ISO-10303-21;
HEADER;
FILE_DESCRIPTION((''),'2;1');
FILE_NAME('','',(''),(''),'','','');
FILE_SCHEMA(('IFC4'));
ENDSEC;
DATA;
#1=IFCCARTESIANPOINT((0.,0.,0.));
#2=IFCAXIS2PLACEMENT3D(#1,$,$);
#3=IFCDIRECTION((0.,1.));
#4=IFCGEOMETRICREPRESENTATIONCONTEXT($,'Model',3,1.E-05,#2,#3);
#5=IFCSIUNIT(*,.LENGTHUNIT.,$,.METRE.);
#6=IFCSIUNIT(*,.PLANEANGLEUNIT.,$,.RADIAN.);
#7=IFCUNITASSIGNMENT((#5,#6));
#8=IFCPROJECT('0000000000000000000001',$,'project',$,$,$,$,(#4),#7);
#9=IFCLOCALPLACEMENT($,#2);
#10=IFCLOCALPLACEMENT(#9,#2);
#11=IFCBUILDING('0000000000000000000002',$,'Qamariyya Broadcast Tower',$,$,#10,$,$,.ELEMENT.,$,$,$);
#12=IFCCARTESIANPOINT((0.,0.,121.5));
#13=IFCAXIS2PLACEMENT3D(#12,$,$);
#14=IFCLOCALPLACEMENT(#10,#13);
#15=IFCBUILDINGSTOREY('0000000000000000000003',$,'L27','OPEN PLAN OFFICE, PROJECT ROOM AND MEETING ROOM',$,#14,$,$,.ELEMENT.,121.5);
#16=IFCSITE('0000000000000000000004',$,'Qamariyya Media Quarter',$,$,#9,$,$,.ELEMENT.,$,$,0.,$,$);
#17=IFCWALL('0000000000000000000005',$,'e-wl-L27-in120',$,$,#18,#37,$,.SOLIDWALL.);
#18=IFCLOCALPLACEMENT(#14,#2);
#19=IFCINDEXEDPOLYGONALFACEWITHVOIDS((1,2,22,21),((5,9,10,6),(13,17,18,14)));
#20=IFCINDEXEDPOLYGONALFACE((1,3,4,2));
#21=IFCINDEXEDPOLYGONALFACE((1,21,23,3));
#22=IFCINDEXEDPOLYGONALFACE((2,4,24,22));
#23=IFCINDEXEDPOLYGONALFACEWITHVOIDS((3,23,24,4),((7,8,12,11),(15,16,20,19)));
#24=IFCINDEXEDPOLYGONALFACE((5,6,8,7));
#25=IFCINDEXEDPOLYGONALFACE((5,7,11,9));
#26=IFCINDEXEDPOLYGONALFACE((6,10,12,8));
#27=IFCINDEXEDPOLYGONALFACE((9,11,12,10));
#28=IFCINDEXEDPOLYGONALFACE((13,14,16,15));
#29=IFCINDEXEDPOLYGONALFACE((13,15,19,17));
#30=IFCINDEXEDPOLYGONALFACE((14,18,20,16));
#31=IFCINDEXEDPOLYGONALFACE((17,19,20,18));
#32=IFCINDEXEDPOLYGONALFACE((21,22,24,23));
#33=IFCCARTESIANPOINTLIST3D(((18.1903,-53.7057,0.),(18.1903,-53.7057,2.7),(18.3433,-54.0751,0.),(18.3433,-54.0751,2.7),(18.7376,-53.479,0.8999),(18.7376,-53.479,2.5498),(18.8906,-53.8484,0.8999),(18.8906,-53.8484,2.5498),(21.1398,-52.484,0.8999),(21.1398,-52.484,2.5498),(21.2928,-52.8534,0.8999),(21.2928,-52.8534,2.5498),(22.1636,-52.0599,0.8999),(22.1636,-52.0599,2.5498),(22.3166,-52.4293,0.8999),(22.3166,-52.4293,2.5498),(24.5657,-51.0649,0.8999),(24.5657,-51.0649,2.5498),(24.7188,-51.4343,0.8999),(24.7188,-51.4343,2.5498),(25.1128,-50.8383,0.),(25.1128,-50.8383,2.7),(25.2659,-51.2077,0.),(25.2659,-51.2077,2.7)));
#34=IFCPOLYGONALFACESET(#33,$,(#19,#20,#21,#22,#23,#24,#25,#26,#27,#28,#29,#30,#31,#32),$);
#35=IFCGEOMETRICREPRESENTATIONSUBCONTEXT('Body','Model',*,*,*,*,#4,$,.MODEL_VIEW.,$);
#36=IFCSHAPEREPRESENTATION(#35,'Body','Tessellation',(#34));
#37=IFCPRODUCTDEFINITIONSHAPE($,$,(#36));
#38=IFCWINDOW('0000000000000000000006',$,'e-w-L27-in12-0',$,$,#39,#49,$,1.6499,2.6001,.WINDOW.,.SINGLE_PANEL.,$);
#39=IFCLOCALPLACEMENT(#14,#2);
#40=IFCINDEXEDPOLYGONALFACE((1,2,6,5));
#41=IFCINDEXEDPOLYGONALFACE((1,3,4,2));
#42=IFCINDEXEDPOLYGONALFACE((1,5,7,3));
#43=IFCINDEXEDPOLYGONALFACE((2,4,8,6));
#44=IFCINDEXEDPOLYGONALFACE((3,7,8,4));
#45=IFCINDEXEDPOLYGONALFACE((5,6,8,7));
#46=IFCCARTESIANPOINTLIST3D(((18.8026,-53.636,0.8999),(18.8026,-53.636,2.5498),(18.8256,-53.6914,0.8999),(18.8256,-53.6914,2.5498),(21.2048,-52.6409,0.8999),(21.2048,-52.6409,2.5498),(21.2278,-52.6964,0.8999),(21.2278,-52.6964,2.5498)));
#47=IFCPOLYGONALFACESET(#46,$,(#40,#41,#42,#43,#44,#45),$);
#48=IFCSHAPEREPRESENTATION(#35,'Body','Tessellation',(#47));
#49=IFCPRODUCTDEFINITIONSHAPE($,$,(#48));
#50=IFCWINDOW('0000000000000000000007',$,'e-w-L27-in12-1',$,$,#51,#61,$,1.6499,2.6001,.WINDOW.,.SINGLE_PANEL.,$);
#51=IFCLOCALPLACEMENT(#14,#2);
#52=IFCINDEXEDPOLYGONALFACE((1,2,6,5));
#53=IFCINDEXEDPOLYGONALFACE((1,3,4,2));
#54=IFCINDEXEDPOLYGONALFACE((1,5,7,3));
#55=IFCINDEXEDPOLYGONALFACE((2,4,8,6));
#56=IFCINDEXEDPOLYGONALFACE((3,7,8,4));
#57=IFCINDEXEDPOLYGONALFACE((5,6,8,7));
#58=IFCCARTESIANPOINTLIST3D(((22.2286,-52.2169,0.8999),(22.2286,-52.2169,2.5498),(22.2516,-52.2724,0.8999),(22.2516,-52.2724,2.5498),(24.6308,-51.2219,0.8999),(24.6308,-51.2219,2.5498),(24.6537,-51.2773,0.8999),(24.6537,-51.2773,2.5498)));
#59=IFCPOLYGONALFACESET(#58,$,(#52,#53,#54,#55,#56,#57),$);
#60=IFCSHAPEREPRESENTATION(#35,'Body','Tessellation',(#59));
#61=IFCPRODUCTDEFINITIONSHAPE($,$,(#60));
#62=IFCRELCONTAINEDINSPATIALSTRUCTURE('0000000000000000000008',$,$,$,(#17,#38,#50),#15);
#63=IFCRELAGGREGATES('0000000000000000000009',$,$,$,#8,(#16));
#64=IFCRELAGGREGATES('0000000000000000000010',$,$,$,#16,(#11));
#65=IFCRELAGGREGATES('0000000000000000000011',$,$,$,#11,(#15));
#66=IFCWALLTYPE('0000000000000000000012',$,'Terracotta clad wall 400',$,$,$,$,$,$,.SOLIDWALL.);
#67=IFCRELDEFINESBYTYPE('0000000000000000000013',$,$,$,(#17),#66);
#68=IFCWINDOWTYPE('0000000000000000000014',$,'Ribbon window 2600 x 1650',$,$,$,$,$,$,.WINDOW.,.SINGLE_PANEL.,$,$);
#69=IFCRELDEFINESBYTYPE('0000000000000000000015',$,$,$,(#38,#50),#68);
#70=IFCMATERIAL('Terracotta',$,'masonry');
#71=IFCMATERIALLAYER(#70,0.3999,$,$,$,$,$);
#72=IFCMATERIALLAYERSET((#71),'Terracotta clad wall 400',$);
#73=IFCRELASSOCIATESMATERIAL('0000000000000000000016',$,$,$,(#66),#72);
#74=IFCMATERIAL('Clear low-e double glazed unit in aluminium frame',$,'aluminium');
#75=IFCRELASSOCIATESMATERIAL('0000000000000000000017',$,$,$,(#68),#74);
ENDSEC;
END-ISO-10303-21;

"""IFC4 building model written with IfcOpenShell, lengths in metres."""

from ifc_helpers import new_model, si_unit, direction, frame, frame_2d, origin, place, context, subcontext, project, spatial, rectangle, extrude, material, layer, layer_set, type_object, element, fill, save


model = new_model("IFC4")

# Units and contexts
model_context = context("Model", 3, precision=1e-05, world=origin(), true_north=direction((0.0, 1.0)))
body_context = subcontext(model_context, "Body", "Model", "MODEL_VIEW")
ifc_project = project(units=[si_unit("LENGTHUNIT", "METRE"), si_unit("PLANEANGLEUNIT", "RADIAN")], contexts=[model_context])

# Site, building, storey
site_placement = place(None, origin())
site = spatial("IfcSite", under=ifc_project, at=site_placement, Name="Qamariyya Media Quarter", CompositionType="ELEMENT", RefElevation=0.0)
building_placement = place(site_placement, origin())
building = spatial("IfcBuilding", under=site, at=building_placement, Name="Qamariyya Broadcast Tower", CompositionType="ELEMENT")
storey_placement = place(building_placement, frame((0.0, 0.0, 121.5)))
storey = spatial("IfcBuildingStorey", under=building, at=storey_placement, Name="L27", Description="OPEN PLAN OFFICE, PROJECT ROOM AND MEETING ROOM", CompositionType="ELEMENT", Elevation=121.5)

# Wall, openings, windows
ifc_material_1 = material(Name="Terracotta", Category="masonry")
ifc_layer_1 = layer(ifc_material_1, 0.3999)
ifc_layer_set_1 = layer_set([ifc_layer_1], Name="Terracotta clad wall 400")
wall_type_1 = type_object("IfcWallType", Name="Terracotta clad wall 400", PredefinedType="SOLIDWALL", material=ifc_layer_set_1)
ifc_material_2 = material(Name="Clear low-e double glazed unit in aluminium frame", Category="aluminium")
window_type = type_object("IfcWindowType", Name="Ribbon window 2600 x 1650", PartitioningType="SINGLE_PANEL", PredefinedType="WINDOW", material=ifc_material_2)
wall_1_placement = place(storey_placement, frame((25.1895, -51.0229, 0.0), z_axis=(0.0, 0.0, 1.0), x_axis=(-0.92388, -0.382683, 0.0)))
wall_1 = element("IfcWall", 1, at=wall_1_placement, inside=storey, type_object=wall_type_1, Name="e-wl-L27-in120", PredefinedType="SOLIDWALL", context=body_context, shape_type="SweptSolid", body=[
    extrude(rectangle(XDim=7.4929, YDim=0.3999, at=frame_2d((3.7466, 0.0))), origin(), (0.0, 0.0, 1.0), 2.7),
])
opening_1_placement = place(wall_1_placement, frame((4.3005, 0.0, 0.8999)))
opening_1 = element("IfcOpeningElement", 2, at=opening_1_placement, cuts=wall_1, PredefinedType="OPENING", context=body_context, shape_type="SweptSolid", body=[
    extrude(rectangle(XDim=2.6001, YDim=1.6499, at=frame_2d((1.3, 0.825))), frame((0.0, 0.21, 0.0), z_axis=(0.0, -1.0, 0.0), x_axis=(1.0, 0.0, 0.0)), (0.0, 0.0, 1.0), 0.4199),
])
opening_2_placement = place(wall_1_placement, frame((0.5923, 0.0, 0.8999)))
opening_2 = element("IfcOpeningElement", 3, at=opening_2_placement, cuts=wall_1, PredefinedType="OPENING", context=body_context, shape_type="SweptSolid", body=[
    extrude(rectangle(XDim=2.6001, YDim=1.6499, at=frame_2d((1.3, 0.825))), frame((0.0, 0.21, 0.0), z_axis=(0.0, -1.0, 0.0), x_axis=(1.0, 0.0, 0.0)), (0.0, 0.0, 1.0), 0.4199),
])
window_1_placement = place(opening_1_placement, origin())
window_1 = element("IfcWindow", 4, at=window_1_placement, inside=storey, type_object=window_type, Name="e-w-L27-in12-0", OverallHeight=1.6499, OverallWidth=2.6001, PartitioningType="SINGLE_PANEL", PredefinedType="WINDOW", context=body_context, shape_type="SweptSolid", body=[
    extrude(rectangle(XDim=2.6001, YDim=1.6499, at=frame_2d((1.3, 0.825))), frame((0.0, 0.03, 0.0), z_axis=(0.0, -1.0, 0.0), x_axis=(1.0, 0.0, 0.0)), (0.0, 0.0, 1.0), 0.0601),
])
fill(opening_1, window_1)
window_2_placement = place(opening_2_placement, origin())
window_2 = element("IfcWindow", 5, at=window_2_placement, inside=storey, type_object=window_type, Name="e-w-L27-in12-1", OverallHeight=1.6499, OverallWidth=2.6001, PartitioningType="SINGLE_PANEL", PredefinedType="WINDOW", context=body_context, shape_type="SweptSolid", body=[
    extrude(rectangle(XDim=2.6001, YDim=1.6499, at=frame_2d((1.3, 0.825))), frame((0.0, 0.03, 0.0), z_axis=(0.0, -1.0, 0.0), x_axis=(1.0, 0.0, 0.0)), (0.0, 0.0, 1.0), 0.0601),
])
fill(opening_2, window_2)

save(model, "model.ifc")
